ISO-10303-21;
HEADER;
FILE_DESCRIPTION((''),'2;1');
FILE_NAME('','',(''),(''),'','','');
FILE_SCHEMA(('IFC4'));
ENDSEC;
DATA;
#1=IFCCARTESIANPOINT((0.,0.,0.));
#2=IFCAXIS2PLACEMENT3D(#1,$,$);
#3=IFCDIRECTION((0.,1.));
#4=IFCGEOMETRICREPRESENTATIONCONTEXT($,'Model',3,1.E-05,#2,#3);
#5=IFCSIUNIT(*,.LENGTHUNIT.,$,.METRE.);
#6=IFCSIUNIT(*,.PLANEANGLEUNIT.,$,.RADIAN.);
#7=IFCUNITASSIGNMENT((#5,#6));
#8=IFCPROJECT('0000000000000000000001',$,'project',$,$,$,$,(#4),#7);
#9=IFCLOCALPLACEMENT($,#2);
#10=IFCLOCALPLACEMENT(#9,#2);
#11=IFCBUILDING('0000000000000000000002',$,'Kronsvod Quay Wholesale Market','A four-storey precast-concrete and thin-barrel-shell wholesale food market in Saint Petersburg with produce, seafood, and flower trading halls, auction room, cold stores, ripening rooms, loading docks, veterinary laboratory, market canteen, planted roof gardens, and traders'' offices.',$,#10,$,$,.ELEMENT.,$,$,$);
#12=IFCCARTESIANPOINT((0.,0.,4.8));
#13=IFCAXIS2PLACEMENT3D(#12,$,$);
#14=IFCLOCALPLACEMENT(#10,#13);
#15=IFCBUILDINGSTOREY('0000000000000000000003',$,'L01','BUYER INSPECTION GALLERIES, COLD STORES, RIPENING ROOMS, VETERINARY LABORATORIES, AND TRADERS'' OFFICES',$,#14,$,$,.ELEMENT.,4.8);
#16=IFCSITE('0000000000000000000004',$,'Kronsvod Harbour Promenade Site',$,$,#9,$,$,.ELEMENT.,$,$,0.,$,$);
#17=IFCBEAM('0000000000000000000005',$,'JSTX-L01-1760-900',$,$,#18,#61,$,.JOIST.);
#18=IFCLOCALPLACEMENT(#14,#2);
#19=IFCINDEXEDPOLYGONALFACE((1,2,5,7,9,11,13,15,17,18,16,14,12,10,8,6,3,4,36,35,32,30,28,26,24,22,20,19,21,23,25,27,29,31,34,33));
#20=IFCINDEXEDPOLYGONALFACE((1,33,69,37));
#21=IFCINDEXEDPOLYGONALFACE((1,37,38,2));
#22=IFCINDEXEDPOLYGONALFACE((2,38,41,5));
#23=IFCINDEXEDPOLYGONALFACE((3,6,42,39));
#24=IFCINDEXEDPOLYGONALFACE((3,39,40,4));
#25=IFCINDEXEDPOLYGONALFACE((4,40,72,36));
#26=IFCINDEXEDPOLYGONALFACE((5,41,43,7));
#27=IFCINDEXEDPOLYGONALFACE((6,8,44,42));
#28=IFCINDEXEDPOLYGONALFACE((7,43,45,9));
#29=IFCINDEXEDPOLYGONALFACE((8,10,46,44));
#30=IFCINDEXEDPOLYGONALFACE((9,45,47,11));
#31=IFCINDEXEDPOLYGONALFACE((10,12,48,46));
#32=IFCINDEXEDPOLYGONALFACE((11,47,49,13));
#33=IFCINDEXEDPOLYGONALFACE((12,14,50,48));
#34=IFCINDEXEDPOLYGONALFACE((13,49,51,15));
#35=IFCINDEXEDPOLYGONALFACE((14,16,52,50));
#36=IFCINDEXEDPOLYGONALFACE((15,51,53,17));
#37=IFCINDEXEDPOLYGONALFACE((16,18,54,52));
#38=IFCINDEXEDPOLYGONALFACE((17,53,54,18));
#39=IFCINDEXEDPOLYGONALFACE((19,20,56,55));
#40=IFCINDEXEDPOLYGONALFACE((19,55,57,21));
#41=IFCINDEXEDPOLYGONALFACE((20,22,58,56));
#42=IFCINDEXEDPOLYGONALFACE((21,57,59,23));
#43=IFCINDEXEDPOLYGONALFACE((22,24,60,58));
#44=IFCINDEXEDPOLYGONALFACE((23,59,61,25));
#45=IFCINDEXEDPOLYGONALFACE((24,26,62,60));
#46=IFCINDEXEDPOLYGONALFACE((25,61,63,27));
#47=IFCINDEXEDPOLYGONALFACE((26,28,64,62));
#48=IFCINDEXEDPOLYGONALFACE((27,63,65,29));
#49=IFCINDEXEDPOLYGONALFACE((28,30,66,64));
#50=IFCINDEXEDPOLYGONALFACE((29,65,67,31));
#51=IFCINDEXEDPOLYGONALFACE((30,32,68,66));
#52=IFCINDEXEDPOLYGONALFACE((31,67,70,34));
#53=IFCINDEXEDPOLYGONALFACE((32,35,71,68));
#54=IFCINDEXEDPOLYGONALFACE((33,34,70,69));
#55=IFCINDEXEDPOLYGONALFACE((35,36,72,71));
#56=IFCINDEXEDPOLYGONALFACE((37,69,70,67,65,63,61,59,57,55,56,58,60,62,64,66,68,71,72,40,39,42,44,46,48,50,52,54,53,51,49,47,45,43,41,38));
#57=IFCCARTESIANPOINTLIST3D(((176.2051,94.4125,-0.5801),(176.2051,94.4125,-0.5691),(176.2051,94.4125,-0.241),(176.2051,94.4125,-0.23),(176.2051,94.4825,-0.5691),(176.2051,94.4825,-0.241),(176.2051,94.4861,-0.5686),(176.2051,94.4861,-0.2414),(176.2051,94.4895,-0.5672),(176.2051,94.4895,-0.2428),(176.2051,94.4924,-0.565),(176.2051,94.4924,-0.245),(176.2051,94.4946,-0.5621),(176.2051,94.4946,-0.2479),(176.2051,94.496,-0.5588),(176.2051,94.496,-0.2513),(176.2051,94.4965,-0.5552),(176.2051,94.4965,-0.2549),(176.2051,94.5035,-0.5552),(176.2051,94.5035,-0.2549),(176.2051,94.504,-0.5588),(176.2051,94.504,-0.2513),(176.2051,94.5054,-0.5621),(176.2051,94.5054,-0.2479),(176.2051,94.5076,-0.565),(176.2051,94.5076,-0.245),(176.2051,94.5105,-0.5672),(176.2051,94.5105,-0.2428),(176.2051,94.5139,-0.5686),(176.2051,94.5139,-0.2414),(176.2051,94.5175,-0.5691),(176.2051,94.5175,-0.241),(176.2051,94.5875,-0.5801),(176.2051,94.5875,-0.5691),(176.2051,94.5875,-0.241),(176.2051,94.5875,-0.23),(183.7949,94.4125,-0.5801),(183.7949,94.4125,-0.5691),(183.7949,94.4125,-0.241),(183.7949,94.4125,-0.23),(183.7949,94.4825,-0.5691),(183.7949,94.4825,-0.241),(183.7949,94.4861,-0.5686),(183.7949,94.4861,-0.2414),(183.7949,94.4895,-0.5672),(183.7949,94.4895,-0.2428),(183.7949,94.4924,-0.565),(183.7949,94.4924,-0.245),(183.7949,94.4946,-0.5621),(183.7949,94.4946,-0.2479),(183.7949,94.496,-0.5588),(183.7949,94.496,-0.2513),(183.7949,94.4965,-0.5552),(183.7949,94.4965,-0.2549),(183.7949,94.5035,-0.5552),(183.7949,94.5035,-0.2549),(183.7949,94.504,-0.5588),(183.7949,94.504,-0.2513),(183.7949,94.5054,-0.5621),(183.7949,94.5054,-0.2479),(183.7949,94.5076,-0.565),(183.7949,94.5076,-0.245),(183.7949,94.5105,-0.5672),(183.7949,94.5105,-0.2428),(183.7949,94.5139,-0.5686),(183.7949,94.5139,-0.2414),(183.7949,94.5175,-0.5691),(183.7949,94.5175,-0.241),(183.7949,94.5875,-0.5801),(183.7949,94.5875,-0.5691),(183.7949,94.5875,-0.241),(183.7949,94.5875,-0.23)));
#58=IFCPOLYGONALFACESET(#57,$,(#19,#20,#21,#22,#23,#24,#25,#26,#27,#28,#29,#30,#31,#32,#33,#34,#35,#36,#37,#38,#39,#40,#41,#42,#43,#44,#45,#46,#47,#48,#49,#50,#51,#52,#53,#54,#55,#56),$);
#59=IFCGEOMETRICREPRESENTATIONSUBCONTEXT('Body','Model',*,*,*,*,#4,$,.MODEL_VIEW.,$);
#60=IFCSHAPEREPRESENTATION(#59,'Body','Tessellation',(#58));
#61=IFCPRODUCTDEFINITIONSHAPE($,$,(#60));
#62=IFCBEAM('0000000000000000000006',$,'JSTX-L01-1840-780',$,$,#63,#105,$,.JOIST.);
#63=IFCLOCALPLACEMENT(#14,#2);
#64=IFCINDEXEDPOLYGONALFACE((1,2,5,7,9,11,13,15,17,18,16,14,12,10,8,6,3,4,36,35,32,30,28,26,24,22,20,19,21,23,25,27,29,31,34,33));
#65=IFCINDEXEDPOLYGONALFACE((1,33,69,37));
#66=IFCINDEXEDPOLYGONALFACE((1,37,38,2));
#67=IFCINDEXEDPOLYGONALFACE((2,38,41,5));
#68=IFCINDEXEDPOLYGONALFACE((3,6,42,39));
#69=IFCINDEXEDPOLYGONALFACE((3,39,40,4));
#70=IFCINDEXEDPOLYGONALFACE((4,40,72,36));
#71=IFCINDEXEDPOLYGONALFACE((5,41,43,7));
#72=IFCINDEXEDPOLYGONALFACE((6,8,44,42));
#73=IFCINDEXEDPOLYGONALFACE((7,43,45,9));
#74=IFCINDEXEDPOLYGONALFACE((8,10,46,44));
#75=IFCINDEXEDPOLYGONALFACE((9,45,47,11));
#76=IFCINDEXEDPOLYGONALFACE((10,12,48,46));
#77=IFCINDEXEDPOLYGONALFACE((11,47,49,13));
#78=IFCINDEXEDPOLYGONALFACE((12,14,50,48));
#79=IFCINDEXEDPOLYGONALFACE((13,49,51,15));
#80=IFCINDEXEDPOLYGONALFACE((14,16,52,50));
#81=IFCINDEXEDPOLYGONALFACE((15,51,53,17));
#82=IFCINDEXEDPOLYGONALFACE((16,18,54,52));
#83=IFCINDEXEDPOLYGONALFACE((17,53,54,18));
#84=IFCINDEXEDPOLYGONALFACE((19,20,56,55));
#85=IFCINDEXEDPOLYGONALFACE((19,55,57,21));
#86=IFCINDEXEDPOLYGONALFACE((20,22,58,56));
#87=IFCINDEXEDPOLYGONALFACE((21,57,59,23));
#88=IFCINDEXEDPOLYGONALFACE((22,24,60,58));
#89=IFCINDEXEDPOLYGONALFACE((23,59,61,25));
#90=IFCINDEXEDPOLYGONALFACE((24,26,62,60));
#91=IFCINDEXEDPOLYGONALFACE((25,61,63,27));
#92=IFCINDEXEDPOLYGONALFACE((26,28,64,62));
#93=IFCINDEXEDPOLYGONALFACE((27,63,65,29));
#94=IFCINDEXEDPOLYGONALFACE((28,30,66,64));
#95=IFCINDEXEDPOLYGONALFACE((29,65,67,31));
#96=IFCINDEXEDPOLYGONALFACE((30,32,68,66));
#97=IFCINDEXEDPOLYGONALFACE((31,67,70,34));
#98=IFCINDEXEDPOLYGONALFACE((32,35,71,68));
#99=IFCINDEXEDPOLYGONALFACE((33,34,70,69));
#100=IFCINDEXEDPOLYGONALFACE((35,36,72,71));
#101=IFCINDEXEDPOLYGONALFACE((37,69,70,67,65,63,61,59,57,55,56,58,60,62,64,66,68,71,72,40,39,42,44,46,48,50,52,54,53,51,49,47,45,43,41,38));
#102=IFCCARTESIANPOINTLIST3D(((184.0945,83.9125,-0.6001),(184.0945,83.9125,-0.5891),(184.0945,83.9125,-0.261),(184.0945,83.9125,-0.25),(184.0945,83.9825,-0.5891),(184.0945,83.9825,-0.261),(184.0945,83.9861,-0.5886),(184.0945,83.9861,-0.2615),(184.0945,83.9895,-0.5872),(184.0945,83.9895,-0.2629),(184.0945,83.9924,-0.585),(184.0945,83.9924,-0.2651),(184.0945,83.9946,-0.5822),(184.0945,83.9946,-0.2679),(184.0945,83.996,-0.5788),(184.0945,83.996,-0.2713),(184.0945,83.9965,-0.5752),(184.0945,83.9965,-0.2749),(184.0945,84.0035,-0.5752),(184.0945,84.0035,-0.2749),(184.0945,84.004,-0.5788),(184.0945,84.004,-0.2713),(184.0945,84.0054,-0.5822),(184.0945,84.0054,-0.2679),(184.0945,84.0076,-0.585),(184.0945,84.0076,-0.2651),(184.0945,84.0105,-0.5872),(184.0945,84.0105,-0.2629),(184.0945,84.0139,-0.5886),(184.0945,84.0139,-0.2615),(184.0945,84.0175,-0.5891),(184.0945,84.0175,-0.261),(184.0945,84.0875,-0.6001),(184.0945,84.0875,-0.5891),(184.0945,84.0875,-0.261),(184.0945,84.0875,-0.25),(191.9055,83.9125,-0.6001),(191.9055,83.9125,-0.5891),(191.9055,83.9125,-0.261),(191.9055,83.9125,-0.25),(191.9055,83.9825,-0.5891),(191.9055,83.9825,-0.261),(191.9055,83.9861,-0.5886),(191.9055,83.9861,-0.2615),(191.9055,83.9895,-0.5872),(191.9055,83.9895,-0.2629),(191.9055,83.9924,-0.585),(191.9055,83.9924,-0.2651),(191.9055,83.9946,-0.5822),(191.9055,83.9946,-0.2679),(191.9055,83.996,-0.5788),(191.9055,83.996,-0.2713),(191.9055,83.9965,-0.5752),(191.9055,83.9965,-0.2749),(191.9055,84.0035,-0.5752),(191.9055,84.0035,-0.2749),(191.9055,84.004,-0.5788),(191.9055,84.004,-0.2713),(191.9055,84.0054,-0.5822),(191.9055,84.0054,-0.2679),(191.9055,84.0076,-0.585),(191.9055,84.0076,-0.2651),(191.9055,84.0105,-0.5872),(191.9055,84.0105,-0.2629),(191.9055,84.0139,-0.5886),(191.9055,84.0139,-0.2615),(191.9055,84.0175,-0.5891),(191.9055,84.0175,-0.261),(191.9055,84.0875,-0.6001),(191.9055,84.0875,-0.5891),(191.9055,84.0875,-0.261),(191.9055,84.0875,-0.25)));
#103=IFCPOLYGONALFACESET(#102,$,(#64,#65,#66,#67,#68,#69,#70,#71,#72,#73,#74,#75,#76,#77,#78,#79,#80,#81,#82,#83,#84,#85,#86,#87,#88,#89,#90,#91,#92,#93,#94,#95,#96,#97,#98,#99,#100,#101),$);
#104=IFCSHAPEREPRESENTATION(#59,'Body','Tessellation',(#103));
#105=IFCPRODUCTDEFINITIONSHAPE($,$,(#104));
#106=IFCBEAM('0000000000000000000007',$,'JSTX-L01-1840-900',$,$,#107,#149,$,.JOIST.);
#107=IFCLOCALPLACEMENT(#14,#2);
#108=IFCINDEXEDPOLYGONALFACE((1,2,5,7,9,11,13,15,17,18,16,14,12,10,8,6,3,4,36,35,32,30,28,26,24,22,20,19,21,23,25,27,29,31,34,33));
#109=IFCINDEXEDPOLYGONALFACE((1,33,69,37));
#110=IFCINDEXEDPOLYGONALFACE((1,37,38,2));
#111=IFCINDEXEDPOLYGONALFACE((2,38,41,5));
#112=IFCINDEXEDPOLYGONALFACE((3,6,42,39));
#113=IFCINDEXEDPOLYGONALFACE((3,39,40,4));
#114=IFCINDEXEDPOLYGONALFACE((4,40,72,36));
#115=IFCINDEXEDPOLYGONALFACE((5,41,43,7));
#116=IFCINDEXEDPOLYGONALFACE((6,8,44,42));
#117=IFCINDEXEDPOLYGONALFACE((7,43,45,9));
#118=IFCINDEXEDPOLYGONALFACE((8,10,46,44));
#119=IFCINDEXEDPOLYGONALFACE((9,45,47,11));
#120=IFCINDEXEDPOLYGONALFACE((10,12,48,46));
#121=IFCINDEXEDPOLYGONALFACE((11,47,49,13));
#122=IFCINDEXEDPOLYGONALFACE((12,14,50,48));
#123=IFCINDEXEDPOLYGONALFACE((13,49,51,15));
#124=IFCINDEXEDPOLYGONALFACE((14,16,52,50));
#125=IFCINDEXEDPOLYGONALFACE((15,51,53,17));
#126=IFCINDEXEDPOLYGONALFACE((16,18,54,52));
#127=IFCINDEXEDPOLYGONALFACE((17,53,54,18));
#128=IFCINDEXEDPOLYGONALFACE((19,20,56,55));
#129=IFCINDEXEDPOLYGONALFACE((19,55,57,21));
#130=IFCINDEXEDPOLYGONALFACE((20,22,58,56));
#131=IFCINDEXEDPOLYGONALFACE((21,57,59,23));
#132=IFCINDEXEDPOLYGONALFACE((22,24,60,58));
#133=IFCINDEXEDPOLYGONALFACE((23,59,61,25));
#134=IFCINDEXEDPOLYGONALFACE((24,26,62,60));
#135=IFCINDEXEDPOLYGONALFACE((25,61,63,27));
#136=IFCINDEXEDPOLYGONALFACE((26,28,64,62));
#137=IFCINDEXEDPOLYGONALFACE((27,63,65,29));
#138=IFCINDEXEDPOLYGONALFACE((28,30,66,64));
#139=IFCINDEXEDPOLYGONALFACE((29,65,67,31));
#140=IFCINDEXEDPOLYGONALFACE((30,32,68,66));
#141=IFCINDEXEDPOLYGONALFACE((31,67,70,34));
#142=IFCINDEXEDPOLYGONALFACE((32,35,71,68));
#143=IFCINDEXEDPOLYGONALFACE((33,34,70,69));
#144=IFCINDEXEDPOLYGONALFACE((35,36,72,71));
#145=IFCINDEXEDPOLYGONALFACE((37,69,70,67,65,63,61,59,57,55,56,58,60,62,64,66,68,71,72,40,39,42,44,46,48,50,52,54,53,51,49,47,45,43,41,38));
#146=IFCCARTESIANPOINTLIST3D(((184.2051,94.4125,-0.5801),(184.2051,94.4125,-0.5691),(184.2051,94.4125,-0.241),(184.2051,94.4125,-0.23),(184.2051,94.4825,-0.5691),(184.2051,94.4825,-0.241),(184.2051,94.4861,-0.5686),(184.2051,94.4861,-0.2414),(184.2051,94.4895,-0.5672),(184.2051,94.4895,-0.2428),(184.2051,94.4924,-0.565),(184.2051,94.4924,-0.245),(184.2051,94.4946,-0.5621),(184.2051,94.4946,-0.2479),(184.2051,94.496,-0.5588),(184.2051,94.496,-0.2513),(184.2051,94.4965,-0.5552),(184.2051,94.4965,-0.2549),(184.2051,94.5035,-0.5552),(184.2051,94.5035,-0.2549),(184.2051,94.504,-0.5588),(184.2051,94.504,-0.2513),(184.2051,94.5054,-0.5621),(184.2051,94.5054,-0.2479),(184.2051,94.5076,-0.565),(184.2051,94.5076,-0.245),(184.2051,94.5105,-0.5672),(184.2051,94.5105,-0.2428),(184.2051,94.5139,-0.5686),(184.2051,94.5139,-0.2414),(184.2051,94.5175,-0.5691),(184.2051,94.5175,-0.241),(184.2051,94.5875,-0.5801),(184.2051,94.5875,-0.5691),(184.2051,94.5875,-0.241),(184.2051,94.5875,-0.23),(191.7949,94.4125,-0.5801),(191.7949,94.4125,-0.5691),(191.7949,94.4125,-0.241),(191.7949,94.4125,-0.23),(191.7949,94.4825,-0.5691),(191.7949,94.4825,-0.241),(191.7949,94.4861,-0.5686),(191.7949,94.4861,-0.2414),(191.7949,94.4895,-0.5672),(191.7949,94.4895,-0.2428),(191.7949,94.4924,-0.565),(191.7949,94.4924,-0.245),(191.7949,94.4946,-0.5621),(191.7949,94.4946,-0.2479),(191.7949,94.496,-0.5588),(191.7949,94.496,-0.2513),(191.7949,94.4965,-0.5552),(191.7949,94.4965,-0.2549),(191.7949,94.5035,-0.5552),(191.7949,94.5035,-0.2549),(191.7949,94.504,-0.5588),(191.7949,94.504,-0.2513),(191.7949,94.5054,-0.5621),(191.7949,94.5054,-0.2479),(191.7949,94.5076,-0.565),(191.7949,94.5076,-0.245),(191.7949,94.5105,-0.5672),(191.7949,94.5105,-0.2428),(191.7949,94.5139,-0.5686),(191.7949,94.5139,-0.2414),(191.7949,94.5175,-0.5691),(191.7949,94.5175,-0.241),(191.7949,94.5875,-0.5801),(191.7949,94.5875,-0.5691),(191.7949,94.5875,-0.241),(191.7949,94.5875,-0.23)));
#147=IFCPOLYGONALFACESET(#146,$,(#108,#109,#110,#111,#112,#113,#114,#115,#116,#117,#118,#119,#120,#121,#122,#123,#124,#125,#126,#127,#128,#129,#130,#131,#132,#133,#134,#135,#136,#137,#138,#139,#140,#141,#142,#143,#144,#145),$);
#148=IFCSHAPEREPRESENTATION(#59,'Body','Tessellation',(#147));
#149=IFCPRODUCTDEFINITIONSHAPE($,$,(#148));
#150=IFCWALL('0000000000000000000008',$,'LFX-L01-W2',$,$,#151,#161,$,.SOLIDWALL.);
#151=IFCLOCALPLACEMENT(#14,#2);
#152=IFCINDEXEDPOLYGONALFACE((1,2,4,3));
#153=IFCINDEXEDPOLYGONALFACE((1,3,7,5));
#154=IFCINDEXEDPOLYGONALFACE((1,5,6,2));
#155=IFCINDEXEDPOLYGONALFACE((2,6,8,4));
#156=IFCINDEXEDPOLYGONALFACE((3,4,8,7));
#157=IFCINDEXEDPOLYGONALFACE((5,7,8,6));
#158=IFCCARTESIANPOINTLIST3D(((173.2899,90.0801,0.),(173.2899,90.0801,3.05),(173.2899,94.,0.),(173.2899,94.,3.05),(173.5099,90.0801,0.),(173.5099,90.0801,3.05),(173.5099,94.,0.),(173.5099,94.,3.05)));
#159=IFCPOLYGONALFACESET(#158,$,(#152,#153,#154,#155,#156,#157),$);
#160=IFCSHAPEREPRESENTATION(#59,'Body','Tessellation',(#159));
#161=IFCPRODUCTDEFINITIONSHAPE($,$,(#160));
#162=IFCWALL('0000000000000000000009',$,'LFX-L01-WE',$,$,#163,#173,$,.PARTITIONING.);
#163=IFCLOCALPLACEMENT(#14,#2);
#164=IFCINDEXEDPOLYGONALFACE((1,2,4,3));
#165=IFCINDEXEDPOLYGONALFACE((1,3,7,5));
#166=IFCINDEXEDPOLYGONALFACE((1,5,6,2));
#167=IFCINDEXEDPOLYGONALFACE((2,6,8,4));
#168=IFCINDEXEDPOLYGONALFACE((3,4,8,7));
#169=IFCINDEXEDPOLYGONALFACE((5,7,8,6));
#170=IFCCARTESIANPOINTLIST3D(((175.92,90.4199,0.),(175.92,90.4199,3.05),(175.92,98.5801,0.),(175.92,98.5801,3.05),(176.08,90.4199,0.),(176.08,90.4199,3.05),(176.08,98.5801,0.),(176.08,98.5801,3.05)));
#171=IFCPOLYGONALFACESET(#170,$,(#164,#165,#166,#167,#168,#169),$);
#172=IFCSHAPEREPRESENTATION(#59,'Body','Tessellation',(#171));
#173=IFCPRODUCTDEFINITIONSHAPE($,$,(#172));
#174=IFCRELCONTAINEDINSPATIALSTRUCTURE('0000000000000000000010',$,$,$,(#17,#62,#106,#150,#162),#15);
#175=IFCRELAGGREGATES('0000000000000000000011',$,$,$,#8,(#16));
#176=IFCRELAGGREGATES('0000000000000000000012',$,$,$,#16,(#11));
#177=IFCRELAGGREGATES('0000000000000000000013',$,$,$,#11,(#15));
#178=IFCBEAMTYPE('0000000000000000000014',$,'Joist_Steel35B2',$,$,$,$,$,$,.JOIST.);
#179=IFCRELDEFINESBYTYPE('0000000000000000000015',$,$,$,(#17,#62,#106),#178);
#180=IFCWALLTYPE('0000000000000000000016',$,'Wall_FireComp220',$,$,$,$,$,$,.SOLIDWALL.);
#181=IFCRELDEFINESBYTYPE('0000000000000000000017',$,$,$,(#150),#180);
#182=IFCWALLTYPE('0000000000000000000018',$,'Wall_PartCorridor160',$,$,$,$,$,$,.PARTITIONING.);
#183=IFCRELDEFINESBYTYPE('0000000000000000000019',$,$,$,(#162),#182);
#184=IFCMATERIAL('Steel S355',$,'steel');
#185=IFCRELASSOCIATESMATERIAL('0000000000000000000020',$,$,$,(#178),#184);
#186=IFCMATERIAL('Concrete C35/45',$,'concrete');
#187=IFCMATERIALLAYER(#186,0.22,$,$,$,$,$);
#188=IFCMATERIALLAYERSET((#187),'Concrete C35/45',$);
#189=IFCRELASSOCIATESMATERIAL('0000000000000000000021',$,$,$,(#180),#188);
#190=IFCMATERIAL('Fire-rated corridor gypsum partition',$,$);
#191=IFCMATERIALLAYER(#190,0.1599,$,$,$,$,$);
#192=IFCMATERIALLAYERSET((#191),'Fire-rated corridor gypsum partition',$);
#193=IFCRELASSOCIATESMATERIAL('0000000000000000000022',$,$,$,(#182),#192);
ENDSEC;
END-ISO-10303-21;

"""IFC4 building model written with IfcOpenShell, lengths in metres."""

from ifc_helpers import new_model, si_unit, direction, frame, frame_2d, origin, origin_2d, place, context, subcontext, project, spatial, rectangle, i_section, extrude, material, layer, layer_set, material_profile, profile_set, type_object, element, save


model = new_model("IFC4")

# Units and contexts
model_context = context("Model", 3, precision=1e-05, world=origin(), true_north=direction((0.0, 1.0)))
body_context = subcontext(model_context, "Body", "Model", "MODEL_VIEW")
ifc_project = project(units=[si_unit("LENGTHUNIT", "METRE"), si_unit("PLANEANGLEUNIT", "RADIAN")], contexts=[model_context])

# Site, building, storey
site_placement = place(None, origin())
site = spatial("IfcSite", under=ifc_project, at=site_placement, Name="Kronsvod Harbour Promenade Site", CompositionType="ELEMENT", RefElevation=0.0)
building_placement = place(site_placement, origin())
building = spatial("IfcBuilding", under=site, at=building_placement, Name="Kronsvod Quay Wholesale Market", Description="A four-storey precast-concrete and thin-barrel-shell wholesale food market in Saint Petersburg with produce, seafood, and flower trading halls, auction room, cold stores, ripening rooms, loading docks, veterinary laboratory, market canteen, planted roof gardens, and traders' offices.", CompositionType="ELEMENT")
storey_placement = place(building_placement, frame((0.0, 0.0, 4.8)))
storey = spatial("IfcBuildingStorey", under=building, at=storey_placement, Name="L01", Description="BUYER INSPECTION GALLERIES, COLD STORES, RIPENING ROOMS, VETERINARY LABORATORIES, AND TRADERS' OFFICES", CompositionType="ELEMENT", Elevation=4.8)

# Beams
ifc_material_1 = material(Name="Steel S355", Category="steel")
ifc_material_profile_1 = material_profile(ifc_material_1, i_section(OverallWidth=0.175, OverallDepth=0.3501, WebThickness=0.0071, FlangeThickness=0.011, FilletRadius=0.0139, at=origin_2d()), Name="35B2")
ifc_profile_set_1 = profile_set([ifc_material_profile_1], Name="Steel S355")
beam_type_1 = type_object("IfcBeamType", Name="Joist_Steel35B2", PredefinedType="JOIST", material=ifc_profile_set_1)
beam_1_placement = place(storey_placement, frame((176.2051, 94.5, -0.405), z_axis=(1.0, 0.0, 0.0), x_axis=(0.0, 1.0, 0.0)))
element("IfcBeam", 1, at=beam_1_placement, inside=storey, type_object=beam_type_1, Name="JSTX-L01-1760-900", PredefinedType="JOIST", context=body_context, shape_type="SweptSolid", body=[
    extrude(i_section(OverallWidth=0.175, OverallDepth=0.3501, WebThickness=0.0071, FlangeThickness=0.011, FilletRadius=0.0139, at=origin_2d()), origin(), (0.0, 0.0, 1.0), 7.5898),
])
beam_2_placement = place(storey_placement, frame((184.0945, 84.0, -0.425), z_axis=(1.0, 0.0, 0.0), x_axis=(0.0, 1.0, 0.0)))
element("IfcBeam", 2, at=beam_2_placement, inside=storey, type_object=beam_type_1, Name="JSTX-L01-1840-780", PredefinedType="JOIST", context=body_context, shape_type="SweptSolid", body=[
    extrude(i_section(OverallWidth=0.175, OverallDepth=0.3501, WebThickness=0.0071, FlangeThickness=0.011, FilletRadius=0.0139, at=origin_2d()), origin(), (0.0, 0.0, 1.0), 7.811),
])
beam_3_placement = place(storey_placement, frame((184.2051, 94.5, -0.405), z_axis=(1.0, 0.0, 0.0), x_axis=(0.0, 1.0, 0.0)))
element("IfcBeam", 3, at=beam_3_placement, inside=storey, type_object=beam_type_1, Name="JSTX-L01-1840-900", PredefinedType="JOIST", context=body_context, shape_type="SweptSolid", body=[
    extrude(i_section(OverallWidth=0.175, OverallDepth=0.3501, WebThickness=0.0071, FlangeThickness=0.011, FilletRadius=0.0139, at=origin_2d()), origin(), (0.0, 0.0, 1.0), 7.5898),
])

# Walls
ifc_material_2 = material(Name="Concrete C35/45", Category="concrete")
ifc_layer_1 = layer(ifc_material_2, 0.22)
ifc_layer_set_1 = layer_set([ifc_layer_1], Name="Concrete C35/45")
wall_type_1 = type_object("IfcWallType", Name="Wall_FireComp220", PredefinedType="SOLIDWALL", material=ifc_layer_set_1)
wall_1_placement = place(storey_placement, frame((173.3999, 90.0801, 0.0), z_axis=(0.0, 0.0, 1.0), x_axis=(0.0, 1.0, 0.0)))
element("IfcWall", 4, at=wall_1_placement, inside=storey, type_object=wall_type_1, Name="LFX-L01-W2", PredefinedType="SOLIDWALL", context=body_context, shape_type="SweptSolid", body=[
    extrude(rectangle(XDim=3.9199, YDim=0.22, at=frame_2d((1.96, 0.0))), origin(), (0.0, 0.0, 1.0), 3.05),
])
ifc_material_3 = material(Name="Fire-rated corridor gypsum partition")
ifc_layer_2 = layer(ifc_material_3, 0.1599)
ifc_layer_set_2 = layer_set([ifc_layer_2], Name="Fire-rated corridor gypsum partition")
wall_type_2 = type_object("IfcWallType", Name="Wall_PartCorridor160", PredefinedType="PARTITIONING", material=ifc_layer_set_2)
wall_2_placement = place(storey_placement, frame((176.0, 90.4199, 0.0), z_axis=(0.0, 0.0, 1.0), x_axis=(0.0, 1.0, 0.0)))
element("IfcWall", 5, at=wall_2_placement, inside=storey, type_object=wall_type_2, Name="LFX-L01-WE", PredefinedType="PARTITIONING", context=body_context, shape_type="SweptSolid", body=[
    extrude(rectangle(XDim=8.1602, YDim=0.1599, at=frame_2d((4.0801, 0.0))), origin(), (0.0, 0.0, 1.0), 3.05),
])

save(model, "model.ifc")
